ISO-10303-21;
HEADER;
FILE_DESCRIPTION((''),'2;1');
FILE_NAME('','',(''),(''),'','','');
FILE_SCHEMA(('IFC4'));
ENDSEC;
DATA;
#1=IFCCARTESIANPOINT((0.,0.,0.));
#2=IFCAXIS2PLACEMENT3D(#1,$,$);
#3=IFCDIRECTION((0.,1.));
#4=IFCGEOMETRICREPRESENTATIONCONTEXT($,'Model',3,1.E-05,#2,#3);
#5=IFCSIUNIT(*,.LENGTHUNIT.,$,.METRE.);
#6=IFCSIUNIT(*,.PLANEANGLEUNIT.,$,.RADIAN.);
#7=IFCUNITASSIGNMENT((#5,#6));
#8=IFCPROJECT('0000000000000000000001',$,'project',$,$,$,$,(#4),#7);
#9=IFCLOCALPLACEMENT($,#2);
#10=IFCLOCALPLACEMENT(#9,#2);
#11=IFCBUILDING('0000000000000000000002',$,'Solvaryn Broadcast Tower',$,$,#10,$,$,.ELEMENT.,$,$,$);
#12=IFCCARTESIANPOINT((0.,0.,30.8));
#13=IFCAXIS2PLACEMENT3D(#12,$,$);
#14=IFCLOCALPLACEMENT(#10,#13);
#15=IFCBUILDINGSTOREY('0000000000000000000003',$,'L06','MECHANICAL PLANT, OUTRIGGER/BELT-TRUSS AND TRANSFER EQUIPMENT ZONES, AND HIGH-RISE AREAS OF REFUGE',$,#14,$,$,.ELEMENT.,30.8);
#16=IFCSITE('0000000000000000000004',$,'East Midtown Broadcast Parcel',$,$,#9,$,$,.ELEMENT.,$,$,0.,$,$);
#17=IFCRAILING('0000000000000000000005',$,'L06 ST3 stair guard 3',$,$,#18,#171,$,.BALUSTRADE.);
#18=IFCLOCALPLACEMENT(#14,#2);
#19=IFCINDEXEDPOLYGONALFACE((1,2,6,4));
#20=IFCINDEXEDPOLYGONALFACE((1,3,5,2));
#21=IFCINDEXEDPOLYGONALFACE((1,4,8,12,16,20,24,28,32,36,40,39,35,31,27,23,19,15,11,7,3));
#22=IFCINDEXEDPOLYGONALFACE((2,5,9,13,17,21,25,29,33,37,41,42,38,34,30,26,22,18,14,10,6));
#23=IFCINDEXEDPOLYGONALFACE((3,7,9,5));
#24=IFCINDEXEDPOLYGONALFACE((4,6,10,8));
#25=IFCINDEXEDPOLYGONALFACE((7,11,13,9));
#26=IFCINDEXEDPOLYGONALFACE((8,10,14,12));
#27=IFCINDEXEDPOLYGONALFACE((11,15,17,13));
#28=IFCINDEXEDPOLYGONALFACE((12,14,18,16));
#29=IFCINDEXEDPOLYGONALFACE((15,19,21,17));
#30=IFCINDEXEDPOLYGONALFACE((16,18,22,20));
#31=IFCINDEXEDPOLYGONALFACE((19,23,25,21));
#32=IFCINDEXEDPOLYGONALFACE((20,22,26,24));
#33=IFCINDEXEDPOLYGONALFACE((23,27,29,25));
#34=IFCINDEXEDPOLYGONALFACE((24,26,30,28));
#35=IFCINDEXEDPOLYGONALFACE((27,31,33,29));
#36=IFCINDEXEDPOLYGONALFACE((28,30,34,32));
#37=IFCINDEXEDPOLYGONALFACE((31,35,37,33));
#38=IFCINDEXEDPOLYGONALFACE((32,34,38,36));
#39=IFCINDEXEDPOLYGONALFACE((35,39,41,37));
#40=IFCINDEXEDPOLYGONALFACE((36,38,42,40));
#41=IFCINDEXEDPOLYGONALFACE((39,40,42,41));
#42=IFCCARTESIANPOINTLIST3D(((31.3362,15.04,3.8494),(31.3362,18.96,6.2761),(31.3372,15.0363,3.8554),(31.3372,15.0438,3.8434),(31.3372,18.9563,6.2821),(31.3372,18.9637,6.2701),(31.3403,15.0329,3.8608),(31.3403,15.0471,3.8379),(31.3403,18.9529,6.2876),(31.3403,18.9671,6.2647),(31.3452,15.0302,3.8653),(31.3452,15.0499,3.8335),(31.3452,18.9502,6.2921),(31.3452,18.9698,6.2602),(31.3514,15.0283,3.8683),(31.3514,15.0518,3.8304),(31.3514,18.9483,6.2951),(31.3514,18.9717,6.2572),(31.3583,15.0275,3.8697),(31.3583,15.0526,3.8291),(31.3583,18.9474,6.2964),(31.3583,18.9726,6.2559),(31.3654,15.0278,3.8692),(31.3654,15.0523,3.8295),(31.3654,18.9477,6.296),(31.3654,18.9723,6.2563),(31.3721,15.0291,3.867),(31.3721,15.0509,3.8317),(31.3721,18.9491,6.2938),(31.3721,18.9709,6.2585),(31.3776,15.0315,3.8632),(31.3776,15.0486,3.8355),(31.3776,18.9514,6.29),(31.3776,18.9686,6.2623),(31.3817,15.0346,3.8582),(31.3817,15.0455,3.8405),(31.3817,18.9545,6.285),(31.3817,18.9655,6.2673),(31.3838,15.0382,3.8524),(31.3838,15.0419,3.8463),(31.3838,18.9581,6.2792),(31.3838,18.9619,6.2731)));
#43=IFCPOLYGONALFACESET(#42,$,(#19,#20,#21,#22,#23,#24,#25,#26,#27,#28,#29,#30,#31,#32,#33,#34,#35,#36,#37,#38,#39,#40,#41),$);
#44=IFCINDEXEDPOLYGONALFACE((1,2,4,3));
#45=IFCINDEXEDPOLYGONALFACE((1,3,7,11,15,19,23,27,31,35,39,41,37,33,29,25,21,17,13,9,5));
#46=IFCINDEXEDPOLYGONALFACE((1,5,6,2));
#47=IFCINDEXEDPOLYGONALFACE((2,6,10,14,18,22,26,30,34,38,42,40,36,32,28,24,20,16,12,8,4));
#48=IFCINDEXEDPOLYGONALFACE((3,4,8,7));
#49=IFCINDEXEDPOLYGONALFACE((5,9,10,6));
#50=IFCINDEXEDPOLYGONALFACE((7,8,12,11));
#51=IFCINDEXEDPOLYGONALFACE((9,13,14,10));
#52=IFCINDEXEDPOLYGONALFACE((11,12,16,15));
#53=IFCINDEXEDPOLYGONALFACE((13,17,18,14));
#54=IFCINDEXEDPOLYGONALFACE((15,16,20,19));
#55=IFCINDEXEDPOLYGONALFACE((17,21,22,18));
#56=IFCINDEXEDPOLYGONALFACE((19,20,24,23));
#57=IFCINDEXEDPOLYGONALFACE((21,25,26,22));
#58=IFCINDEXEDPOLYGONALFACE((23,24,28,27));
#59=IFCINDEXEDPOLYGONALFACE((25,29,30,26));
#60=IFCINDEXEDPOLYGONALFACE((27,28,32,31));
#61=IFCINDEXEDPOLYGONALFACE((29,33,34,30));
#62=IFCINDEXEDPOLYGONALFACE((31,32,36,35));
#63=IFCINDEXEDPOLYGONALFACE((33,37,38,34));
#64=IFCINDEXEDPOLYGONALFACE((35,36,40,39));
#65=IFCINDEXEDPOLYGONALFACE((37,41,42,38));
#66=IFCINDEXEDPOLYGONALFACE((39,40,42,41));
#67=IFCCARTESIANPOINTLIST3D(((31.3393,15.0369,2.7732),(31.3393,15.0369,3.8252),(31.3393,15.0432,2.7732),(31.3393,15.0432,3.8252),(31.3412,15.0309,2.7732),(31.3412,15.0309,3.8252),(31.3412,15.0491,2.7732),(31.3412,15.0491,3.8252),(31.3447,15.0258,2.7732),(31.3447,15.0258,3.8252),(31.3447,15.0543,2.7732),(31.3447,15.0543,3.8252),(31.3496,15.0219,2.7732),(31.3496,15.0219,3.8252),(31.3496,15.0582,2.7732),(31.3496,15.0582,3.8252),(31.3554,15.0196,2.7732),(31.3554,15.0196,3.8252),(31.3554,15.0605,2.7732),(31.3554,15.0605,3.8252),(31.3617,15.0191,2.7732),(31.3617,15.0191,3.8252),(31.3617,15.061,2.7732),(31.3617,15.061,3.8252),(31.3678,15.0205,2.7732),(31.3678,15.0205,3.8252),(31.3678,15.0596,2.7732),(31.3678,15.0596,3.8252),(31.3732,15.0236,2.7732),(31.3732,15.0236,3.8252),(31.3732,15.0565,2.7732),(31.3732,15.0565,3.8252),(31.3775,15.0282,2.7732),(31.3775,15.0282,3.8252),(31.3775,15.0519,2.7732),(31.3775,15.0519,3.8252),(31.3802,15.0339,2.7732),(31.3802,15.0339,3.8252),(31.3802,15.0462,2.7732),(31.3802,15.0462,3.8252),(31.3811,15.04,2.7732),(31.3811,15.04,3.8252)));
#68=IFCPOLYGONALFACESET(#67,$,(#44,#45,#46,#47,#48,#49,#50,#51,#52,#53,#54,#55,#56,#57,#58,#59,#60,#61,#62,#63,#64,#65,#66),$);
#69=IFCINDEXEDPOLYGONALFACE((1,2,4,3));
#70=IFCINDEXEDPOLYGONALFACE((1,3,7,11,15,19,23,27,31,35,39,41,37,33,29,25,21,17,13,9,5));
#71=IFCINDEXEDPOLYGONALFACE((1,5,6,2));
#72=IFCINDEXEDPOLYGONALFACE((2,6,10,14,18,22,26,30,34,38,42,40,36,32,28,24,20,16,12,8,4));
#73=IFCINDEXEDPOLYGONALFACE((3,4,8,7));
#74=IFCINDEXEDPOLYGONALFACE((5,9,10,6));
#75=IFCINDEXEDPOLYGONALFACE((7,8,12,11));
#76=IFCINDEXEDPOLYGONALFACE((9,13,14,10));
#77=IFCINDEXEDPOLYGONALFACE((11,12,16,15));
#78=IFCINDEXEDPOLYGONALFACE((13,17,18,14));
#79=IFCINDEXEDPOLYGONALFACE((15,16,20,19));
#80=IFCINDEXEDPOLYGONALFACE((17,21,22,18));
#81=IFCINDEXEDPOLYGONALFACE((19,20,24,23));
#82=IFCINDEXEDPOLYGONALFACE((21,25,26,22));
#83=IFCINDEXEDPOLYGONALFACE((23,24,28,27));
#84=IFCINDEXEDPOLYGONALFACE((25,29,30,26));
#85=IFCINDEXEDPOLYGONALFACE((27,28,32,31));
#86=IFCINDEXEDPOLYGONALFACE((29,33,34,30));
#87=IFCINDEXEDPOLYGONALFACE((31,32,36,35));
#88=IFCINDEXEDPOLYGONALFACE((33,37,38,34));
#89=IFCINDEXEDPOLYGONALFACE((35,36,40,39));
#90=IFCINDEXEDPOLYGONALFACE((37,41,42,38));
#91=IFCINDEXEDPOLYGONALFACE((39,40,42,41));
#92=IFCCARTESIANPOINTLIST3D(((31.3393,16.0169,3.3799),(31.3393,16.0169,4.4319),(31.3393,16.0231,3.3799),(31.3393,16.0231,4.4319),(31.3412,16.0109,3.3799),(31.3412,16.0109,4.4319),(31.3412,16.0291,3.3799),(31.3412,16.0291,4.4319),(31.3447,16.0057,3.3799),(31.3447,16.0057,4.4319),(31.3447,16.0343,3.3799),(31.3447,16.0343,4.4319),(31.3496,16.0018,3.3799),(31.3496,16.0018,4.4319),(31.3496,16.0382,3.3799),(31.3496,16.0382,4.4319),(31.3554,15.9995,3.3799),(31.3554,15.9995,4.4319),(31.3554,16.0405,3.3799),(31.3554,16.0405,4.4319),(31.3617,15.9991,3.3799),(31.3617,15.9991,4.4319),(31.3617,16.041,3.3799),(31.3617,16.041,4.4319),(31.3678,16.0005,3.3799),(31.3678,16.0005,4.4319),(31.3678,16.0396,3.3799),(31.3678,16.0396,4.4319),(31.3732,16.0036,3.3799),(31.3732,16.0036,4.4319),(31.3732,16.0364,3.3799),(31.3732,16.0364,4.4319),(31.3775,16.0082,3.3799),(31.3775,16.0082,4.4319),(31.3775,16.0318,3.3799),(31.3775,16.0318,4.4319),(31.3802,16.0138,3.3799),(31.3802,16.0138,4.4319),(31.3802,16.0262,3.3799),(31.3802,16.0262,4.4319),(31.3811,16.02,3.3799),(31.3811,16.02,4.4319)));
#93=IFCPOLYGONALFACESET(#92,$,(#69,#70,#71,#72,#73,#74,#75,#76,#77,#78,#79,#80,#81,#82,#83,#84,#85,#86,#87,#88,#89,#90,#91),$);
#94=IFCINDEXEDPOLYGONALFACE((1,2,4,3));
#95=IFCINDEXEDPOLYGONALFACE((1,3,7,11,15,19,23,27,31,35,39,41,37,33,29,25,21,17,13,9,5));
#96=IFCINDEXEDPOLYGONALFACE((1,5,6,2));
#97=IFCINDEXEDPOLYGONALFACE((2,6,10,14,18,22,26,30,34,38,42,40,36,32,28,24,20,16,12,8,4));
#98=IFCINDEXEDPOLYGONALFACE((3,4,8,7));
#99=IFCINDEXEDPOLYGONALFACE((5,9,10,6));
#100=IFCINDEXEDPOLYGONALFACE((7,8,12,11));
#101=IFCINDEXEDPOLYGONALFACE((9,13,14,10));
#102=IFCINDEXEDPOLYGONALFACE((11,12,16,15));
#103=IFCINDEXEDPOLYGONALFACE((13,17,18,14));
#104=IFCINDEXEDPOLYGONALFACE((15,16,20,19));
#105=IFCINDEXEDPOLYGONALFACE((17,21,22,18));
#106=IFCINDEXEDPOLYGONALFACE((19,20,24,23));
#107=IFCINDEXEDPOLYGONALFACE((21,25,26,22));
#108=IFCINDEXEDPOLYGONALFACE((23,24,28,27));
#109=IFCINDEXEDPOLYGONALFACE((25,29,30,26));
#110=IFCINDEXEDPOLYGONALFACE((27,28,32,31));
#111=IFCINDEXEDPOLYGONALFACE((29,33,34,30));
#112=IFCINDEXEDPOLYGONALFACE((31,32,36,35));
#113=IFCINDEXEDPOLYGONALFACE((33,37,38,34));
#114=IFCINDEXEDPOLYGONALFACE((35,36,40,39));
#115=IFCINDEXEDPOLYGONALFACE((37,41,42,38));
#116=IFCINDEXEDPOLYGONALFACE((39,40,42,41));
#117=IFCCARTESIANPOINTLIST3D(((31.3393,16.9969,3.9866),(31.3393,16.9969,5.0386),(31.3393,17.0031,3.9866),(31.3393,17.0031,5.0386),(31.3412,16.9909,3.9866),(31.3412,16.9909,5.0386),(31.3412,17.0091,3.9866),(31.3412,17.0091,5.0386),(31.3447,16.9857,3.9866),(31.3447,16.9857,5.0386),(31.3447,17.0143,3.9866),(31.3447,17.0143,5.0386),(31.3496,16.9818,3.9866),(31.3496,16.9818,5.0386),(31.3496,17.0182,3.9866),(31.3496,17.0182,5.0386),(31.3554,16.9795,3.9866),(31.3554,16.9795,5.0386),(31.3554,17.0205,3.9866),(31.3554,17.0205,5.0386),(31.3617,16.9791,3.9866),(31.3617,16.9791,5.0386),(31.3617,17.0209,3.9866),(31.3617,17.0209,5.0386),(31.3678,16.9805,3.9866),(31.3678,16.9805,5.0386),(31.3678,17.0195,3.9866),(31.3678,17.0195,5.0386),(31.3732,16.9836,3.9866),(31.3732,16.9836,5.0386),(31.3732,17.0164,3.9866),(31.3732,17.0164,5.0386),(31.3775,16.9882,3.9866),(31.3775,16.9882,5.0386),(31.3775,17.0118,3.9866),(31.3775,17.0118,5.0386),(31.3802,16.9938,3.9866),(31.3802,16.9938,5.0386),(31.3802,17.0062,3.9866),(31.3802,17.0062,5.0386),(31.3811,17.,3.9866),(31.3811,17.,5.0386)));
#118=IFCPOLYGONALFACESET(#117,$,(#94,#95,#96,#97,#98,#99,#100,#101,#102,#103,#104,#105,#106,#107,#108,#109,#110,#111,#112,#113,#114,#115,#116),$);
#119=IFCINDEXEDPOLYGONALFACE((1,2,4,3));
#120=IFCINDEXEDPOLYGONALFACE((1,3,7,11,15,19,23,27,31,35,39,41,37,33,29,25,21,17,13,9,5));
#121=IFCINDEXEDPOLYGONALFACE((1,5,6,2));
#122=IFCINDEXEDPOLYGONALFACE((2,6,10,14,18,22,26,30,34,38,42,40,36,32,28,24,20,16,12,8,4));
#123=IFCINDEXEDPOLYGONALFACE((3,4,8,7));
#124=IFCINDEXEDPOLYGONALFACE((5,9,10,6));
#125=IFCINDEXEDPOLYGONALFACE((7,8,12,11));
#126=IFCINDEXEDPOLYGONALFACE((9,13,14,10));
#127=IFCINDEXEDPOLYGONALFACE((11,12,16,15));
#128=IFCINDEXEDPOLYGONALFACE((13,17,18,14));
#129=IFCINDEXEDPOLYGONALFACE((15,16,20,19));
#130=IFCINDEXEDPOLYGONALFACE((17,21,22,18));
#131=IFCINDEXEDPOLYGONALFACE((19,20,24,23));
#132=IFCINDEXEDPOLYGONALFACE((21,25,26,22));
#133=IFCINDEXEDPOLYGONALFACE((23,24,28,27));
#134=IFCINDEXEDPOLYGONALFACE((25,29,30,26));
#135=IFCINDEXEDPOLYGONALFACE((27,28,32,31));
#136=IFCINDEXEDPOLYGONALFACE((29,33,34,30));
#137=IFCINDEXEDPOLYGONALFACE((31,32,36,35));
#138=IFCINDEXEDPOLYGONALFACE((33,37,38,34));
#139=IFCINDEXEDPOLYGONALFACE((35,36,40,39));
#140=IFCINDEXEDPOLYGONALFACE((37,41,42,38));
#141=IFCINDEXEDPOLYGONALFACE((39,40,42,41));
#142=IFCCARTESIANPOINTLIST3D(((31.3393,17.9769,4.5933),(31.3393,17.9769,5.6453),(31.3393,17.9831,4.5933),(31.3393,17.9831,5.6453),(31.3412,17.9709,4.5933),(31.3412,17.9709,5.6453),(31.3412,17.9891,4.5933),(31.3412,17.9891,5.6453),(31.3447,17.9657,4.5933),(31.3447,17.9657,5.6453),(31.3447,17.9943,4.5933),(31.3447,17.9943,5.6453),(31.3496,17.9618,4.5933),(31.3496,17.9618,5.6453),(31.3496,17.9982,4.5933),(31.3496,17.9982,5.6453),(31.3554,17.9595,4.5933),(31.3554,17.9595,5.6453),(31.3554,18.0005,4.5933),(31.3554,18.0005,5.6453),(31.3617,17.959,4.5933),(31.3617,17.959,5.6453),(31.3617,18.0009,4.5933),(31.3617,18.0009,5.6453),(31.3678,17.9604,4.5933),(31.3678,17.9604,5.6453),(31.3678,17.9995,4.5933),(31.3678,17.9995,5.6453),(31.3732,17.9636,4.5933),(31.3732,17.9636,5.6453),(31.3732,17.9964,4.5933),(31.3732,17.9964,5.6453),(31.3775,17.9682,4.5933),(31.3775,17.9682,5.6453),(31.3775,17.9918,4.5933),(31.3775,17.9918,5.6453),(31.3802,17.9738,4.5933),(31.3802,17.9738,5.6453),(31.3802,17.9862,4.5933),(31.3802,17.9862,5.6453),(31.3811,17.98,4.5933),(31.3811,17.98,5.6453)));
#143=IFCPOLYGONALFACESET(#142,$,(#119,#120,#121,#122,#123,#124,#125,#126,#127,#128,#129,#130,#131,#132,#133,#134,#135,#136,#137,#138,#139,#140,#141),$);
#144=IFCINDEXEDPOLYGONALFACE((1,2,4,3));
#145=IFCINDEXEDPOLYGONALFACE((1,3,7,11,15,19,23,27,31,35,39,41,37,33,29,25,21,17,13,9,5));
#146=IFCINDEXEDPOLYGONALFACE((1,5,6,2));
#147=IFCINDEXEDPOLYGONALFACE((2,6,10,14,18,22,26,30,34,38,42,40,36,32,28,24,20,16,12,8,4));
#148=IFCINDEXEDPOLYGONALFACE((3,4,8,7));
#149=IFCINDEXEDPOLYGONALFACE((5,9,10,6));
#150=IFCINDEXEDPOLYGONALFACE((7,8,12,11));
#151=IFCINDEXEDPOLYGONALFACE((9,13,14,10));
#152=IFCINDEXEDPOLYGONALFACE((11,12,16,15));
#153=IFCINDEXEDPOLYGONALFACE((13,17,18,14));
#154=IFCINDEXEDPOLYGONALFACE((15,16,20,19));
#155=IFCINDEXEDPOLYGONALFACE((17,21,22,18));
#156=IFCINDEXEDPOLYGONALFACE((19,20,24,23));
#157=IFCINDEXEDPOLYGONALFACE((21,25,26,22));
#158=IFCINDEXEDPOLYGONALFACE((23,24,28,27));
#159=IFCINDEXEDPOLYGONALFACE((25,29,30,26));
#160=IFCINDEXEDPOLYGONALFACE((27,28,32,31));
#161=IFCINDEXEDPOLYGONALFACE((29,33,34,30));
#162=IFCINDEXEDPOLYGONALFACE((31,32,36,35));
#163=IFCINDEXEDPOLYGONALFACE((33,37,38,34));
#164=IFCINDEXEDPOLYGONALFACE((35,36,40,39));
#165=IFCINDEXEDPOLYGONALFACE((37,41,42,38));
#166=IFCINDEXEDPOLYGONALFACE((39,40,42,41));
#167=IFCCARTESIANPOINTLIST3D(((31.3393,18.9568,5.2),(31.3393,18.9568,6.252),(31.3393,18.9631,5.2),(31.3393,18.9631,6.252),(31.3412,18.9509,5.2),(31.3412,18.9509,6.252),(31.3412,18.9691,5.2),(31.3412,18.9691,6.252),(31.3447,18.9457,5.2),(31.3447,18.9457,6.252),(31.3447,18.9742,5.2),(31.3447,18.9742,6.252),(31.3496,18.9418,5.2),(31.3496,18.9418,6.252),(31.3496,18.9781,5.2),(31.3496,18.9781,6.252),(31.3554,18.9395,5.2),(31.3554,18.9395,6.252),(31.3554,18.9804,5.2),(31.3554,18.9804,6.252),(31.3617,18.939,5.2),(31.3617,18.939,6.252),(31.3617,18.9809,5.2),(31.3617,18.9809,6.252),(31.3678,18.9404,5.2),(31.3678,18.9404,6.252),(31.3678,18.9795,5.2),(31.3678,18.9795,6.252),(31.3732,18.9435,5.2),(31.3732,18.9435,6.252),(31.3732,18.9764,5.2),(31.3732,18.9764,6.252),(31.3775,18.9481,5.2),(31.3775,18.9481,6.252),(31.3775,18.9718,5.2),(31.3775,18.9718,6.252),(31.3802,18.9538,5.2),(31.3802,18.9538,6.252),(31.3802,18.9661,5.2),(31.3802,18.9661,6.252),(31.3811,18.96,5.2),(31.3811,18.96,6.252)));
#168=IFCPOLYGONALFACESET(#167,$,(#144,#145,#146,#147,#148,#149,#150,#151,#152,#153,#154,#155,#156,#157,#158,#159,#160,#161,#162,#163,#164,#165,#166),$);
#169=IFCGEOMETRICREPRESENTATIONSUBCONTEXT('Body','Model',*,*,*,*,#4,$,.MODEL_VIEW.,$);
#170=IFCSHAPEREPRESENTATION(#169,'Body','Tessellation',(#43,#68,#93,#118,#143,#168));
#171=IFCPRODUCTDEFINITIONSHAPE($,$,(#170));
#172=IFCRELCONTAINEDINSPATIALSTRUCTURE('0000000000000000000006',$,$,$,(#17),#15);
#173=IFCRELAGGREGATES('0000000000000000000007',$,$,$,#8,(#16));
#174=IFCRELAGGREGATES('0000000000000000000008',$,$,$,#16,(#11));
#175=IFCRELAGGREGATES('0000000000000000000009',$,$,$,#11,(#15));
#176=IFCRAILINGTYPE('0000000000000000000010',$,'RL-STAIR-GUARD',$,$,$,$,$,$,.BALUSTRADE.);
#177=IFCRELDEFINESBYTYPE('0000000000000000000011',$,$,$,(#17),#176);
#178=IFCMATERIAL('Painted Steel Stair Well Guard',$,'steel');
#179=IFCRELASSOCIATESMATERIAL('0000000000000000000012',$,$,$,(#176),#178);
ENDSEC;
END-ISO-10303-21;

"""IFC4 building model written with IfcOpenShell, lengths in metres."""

from ifc_helpers import new_model, si_unit, direction, frame, origin, origin_2d, place, context, subcontext, project, spatial, circle, extrude, material, type_object, element, save


model = new_model("IFC4")

# Units and contexts
model_context = context("Model", 3, precision=1e-05, world=origin(), true_north=direction((0.0, 1.0)))
body_context = subcontext(model_context, "Body", "Model", "MODEL_VIEW")
ifc_project = project(units=[si_unit("LENGTHUNIT", "METRE"), si_unit("PLANEANGLEUNIT", "RADIAN")], contexts=[model_context])

# Site, building, storey
site_placement = place(None, origin())
site = spatial("IfcSite", under=ifc_project, at=site_placement, Name="East Midtown Broadcast Parcel", CompositionType="ELEMENT", RefElevation=0.0)
building_placement = place(site_placement, origin())
building = spatial("IfcBuilding", under=site, at=building_placement, Name="Solvaryn Broadcast Tower", CompositionType="ELEMENT")
storey_placement = place(building_placement, frame((0.0, 0.0, 30.8)))
storey = spatial("IfcBuildingStorey", under=building, at=storey_placement, Name="L06", Description="MECHANICAL PLANT, OUTRIGGER/BELT-TRUSS AND TRANSFER EQUIPMENT ZONES, AND HIGH-RISE AREAS OF REFUGE", CompositionType="ELEMENT", Elevation=30.8)

# Railing
ifc_material_1 = material(Name="Painted Steel Stair Well Guard", Category="steel")
railing_type_1 = type_object("IfcRailingType", Name="RL-STAIR-GUARD", PredefinedType="BALUSTRADE", material=ifc_material_1)
railing_1_placement = place(storey_placement, frame((31.3601, 15.04, 2.7732)))
element("IfcRailing", 1, at=railing_1_placement, inside=storey, type_object=railing_type_1, Name="L06 ST3 stair guard 3", PredefinedType="BALUSTRADE", context=body_context, shape_type="SweptSolid", body=[
    extrude(circle(Radius=0.0239, at=origin_2d()), frame((0.0, 0.0, 1.0762), z_axis=(0.0, 0.850252, 0.526376), x_axis=(-1.0, 0.0, 0.0)), (0.0, 0.0, 1.0), 4.6104),
    extrude(circle(Radius=0.021, at=origin_2d()), origin(), (0.0, 0.0, 1.0), 1.052),
    extrude(circle(Radius=0.021, at=origin_2d()), frame((0.0, 0.98, 0.6067)), (0.0, 0.0, 1.0), 1.052),
    extrude(circle(Radius=0.021, at=origin_2d()), frame((0.0, 1.96, 1.2134)), (0.0, 0.0, 1.0), 1.052),
    extrude(circle(Radius=0.021, at=origin_2d()), frame((0.0, 2.9399, 1.8201)), (0.0, 0.0, 1.0), 1.052),
    extrude(circle(Radius=0.021, at=origin_2d()), frame((0.0, 3.9199, 2.4268)), (0.0, 0.0, 1.0), 1.052),
])

save(model, "model.ifc")
